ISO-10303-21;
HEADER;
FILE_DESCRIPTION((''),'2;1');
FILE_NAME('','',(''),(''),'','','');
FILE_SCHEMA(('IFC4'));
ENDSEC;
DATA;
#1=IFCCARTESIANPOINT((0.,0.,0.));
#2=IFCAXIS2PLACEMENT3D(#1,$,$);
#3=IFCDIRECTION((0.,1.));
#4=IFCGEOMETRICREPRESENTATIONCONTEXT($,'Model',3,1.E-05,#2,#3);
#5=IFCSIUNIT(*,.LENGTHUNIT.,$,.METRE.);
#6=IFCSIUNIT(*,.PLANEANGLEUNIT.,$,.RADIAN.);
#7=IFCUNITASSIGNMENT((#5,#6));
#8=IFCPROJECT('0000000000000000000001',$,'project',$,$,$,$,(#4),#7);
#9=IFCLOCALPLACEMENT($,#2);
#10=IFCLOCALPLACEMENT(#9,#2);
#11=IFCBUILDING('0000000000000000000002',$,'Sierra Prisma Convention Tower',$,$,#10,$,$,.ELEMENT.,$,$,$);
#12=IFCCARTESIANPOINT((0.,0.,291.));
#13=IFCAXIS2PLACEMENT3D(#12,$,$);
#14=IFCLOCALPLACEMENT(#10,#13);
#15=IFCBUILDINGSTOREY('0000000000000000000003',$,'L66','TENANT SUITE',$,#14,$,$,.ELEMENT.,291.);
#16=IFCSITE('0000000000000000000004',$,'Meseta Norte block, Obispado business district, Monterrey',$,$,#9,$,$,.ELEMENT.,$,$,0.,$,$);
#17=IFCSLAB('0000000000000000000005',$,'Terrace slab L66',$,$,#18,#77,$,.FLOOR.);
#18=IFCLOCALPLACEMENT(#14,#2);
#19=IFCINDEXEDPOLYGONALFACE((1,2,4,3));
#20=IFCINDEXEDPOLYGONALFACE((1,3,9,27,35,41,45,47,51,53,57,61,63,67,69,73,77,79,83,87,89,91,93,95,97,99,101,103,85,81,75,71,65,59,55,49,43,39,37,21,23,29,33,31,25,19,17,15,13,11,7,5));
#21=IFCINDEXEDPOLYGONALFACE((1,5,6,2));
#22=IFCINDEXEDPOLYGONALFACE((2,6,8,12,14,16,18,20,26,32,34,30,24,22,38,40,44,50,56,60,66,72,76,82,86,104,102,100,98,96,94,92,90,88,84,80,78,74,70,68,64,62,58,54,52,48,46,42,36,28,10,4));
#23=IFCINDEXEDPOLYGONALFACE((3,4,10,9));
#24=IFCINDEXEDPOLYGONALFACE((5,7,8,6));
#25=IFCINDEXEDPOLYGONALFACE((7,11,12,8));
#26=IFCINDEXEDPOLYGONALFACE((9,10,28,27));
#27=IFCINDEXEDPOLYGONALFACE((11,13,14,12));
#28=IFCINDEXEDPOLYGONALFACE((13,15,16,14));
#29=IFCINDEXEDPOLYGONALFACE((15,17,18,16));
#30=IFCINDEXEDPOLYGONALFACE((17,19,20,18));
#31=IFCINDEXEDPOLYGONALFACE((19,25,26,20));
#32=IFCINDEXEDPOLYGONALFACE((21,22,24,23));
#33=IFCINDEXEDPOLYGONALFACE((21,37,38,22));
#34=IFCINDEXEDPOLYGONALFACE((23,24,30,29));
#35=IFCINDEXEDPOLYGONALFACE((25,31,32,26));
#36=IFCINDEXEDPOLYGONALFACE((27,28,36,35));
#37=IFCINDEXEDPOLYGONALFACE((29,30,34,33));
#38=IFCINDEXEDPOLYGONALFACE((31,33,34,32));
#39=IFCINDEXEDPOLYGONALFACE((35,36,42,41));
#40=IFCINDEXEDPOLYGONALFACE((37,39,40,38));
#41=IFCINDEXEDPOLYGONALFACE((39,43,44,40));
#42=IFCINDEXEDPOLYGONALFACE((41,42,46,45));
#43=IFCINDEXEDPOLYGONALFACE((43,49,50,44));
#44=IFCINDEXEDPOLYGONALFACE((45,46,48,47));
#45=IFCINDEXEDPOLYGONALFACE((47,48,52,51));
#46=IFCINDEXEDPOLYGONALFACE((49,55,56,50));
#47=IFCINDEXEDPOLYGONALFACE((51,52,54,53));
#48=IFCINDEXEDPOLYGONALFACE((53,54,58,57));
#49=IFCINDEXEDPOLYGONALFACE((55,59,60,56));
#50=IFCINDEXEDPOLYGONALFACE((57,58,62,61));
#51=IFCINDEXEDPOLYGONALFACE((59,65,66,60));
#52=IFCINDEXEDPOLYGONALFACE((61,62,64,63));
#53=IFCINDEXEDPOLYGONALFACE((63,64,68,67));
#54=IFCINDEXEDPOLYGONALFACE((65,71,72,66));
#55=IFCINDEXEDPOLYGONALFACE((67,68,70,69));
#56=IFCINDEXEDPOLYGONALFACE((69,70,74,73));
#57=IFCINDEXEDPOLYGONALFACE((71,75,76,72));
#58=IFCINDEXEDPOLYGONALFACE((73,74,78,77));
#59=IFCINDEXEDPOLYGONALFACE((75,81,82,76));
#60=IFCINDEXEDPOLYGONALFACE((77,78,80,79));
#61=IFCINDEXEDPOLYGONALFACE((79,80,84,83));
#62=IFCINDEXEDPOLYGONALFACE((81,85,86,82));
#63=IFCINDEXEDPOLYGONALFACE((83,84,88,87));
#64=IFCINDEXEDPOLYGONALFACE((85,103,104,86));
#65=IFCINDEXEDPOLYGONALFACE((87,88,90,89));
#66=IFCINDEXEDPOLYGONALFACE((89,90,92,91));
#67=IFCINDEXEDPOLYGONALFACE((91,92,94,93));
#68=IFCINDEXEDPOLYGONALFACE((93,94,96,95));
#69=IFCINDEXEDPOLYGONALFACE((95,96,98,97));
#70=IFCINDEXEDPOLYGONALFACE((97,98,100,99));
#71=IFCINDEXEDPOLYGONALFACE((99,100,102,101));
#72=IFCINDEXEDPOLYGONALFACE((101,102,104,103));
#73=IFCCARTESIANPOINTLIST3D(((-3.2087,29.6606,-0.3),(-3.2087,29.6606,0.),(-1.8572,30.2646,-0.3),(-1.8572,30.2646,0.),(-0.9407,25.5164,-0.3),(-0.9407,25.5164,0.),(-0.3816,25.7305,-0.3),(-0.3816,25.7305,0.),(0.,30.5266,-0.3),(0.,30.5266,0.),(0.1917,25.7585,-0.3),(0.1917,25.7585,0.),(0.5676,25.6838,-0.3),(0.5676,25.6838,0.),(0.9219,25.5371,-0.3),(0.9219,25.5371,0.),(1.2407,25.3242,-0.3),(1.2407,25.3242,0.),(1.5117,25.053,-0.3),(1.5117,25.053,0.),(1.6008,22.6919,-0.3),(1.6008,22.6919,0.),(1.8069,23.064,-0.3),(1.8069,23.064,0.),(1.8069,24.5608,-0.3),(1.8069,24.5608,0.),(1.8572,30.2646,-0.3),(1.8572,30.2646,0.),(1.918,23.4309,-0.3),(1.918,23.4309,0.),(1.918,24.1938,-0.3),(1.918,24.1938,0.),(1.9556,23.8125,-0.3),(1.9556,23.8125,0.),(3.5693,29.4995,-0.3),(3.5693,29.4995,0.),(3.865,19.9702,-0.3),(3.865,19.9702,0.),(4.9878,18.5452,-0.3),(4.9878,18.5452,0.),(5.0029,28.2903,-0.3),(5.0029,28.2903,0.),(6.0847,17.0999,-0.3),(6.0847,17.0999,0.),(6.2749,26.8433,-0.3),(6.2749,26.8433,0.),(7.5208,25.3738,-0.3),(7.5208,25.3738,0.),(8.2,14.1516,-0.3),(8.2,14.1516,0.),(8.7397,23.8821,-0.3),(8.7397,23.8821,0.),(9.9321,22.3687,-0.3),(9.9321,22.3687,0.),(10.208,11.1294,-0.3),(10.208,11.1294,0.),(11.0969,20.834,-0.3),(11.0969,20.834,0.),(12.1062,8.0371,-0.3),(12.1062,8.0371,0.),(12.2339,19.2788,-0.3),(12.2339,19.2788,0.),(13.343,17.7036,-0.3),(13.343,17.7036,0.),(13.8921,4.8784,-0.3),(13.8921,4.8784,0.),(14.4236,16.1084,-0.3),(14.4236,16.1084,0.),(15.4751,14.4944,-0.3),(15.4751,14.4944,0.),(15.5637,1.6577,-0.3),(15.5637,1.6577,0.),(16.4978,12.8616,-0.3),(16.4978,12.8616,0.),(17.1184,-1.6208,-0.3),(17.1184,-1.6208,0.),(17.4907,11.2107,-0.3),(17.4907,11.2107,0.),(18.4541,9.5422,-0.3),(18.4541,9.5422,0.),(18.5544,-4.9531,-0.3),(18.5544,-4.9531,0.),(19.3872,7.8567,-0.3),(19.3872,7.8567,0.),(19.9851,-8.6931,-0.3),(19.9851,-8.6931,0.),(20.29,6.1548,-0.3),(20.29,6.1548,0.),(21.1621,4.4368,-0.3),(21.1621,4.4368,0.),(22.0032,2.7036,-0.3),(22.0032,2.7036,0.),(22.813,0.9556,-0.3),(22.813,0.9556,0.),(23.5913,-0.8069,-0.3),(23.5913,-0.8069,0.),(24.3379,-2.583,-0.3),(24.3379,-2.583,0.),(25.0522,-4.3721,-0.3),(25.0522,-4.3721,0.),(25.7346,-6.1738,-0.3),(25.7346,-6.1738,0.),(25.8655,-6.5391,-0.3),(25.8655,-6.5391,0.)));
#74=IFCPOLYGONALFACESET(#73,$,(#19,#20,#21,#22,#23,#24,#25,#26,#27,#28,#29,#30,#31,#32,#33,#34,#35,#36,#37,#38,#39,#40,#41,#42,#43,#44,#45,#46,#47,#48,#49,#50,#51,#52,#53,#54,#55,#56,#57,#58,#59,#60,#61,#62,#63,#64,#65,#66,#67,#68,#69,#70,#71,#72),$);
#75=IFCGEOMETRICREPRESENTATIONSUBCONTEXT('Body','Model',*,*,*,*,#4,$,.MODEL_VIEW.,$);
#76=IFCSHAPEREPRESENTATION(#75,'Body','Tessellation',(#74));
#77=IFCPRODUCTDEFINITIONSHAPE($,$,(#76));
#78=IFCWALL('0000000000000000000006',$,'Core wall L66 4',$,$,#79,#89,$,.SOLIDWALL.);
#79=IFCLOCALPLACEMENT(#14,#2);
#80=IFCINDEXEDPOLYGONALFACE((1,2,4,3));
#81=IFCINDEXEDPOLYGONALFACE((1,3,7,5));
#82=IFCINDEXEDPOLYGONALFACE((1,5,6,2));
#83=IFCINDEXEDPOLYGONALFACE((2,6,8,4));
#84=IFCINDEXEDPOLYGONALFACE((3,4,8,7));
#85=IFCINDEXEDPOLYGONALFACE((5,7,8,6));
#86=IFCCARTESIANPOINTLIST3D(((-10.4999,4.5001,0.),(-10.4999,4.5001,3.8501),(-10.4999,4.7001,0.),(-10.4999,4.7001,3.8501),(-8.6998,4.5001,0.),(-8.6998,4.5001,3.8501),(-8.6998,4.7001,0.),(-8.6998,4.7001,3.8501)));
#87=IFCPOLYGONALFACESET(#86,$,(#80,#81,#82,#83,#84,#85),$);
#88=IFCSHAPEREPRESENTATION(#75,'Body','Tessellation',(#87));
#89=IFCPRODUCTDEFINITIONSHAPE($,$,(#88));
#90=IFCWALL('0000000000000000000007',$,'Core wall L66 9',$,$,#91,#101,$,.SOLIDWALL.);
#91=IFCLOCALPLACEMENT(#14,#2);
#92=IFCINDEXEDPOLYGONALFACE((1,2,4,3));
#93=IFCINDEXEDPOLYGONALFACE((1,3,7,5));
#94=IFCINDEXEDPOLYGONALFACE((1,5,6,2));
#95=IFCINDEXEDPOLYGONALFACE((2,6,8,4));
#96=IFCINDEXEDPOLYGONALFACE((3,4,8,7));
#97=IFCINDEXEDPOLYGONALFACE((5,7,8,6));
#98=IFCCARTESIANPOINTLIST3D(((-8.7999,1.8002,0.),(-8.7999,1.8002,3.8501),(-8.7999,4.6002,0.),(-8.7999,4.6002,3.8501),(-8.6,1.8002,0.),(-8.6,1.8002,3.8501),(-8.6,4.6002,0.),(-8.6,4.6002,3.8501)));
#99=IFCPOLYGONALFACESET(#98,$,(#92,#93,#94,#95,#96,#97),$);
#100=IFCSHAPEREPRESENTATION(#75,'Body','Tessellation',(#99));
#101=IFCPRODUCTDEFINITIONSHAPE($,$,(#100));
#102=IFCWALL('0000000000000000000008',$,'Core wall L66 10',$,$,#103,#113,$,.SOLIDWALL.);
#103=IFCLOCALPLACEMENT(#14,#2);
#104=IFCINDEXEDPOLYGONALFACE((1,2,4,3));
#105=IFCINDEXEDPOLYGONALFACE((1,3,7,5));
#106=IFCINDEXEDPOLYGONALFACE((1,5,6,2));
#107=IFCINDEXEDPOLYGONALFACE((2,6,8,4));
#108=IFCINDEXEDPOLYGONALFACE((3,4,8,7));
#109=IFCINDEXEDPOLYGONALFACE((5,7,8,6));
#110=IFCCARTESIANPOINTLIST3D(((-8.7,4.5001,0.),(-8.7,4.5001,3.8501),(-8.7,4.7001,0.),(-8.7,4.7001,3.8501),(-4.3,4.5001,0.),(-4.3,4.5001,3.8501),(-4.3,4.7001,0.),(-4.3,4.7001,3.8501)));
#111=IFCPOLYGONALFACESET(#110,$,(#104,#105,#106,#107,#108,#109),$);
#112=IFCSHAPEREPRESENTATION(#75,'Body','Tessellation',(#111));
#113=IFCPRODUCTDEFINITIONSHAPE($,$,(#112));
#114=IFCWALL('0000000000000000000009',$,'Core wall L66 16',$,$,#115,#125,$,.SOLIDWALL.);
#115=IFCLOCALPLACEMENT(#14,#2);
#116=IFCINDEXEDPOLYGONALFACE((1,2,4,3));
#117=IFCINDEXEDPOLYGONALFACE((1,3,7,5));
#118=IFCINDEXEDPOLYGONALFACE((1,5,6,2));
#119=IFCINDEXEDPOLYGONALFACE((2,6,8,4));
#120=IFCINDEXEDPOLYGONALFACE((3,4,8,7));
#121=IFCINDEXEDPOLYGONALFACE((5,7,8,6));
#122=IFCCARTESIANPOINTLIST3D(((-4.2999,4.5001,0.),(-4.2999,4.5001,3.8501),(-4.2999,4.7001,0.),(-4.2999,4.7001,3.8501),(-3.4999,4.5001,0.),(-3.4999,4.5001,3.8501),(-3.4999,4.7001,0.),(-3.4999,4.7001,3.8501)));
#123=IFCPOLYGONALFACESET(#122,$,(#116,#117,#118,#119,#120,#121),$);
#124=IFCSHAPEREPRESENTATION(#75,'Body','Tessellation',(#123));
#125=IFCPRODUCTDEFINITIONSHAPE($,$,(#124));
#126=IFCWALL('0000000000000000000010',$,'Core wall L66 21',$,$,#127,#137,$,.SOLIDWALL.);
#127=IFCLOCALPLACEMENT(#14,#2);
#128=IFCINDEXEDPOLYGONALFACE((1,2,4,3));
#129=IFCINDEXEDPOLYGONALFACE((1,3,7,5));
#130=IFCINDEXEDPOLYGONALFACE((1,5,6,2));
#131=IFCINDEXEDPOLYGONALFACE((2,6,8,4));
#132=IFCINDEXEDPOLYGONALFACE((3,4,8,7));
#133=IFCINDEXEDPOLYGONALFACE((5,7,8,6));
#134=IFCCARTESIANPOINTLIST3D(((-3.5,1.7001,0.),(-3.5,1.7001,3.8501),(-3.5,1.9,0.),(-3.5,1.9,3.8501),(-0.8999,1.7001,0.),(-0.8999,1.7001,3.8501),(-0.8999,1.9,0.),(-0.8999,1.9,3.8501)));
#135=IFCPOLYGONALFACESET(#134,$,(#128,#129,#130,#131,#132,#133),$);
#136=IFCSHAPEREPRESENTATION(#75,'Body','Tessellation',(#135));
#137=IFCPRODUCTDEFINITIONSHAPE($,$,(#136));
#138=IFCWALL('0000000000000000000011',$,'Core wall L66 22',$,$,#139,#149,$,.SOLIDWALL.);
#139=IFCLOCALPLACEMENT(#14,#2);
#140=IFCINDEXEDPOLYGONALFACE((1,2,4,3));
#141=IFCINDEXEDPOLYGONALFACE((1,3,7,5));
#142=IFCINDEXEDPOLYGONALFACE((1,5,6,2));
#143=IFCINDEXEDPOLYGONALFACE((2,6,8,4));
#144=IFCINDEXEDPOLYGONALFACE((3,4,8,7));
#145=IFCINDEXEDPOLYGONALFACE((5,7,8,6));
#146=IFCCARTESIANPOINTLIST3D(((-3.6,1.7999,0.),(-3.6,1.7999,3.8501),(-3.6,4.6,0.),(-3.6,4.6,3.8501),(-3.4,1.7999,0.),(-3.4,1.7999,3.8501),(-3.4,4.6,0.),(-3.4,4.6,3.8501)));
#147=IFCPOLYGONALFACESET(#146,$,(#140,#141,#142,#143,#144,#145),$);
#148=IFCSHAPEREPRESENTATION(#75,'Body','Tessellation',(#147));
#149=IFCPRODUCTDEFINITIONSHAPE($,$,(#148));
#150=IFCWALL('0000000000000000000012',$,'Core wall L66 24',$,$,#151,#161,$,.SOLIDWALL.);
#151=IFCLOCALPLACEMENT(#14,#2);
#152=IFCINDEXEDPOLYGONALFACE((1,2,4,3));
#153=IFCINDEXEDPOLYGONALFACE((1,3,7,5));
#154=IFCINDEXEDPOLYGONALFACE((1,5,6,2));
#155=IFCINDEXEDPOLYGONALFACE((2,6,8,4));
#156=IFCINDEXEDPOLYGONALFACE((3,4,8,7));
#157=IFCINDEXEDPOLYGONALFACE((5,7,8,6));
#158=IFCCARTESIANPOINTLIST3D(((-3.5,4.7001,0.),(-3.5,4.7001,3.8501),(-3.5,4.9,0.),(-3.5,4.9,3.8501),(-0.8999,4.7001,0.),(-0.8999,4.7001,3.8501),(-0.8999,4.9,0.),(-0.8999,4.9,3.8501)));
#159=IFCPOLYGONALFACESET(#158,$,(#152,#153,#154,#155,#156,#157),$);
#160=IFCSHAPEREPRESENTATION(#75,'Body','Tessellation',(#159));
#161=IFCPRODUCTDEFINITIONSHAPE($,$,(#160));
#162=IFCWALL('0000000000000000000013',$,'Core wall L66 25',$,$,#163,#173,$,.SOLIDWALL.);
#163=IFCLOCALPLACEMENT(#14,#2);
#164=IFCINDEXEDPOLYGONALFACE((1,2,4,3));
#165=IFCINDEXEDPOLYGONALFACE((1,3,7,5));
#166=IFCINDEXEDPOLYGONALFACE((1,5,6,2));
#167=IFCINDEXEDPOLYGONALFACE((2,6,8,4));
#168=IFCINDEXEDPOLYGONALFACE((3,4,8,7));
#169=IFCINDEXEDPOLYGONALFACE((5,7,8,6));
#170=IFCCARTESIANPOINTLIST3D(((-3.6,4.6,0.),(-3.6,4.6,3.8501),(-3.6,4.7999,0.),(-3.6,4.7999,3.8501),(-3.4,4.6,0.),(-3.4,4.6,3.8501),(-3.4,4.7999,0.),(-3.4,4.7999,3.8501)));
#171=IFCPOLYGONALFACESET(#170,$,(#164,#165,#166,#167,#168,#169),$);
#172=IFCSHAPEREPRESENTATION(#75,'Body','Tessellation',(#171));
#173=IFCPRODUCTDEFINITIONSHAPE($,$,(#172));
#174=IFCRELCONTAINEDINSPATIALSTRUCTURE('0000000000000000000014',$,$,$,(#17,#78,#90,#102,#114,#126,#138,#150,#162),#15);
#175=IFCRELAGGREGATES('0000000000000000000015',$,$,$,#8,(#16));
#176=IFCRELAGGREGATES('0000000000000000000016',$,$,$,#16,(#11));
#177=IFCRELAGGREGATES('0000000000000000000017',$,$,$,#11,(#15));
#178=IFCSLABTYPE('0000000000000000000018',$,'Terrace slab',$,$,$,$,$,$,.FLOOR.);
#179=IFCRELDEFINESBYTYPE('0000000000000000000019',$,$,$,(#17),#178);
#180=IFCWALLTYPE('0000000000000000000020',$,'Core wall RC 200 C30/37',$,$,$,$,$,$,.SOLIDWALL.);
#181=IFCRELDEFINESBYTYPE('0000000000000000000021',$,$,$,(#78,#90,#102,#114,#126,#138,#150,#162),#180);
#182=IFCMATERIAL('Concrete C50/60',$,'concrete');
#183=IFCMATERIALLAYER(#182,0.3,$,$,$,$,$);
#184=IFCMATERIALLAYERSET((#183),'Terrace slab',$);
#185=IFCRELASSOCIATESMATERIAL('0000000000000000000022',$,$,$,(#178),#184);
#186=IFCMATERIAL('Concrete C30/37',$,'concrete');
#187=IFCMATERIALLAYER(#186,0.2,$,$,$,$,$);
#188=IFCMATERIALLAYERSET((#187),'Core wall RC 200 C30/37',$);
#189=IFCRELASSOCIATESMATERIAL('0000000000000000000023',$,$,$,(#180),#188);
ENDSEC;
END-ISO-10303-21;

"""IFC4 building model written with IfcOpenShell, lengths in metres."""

from ifc_helpers import new_model, si_unit, direction, frame, frame_2d, origin, place, context, subcontext, project, spatial, polyline, rectangle, outline, extrude, material, layer, layer_set, type_object, element, save


model = new_model("IFC4")

# Units and contexts
model_context = context("Model", 3, precision=1e-05, world=origin(), true_north=direction((0.0, 1.0)))
body_context = subcontext(model_context, "Body", "Model", "MODEL_VIEW")
ifc_project = project(units=[si_unit("LENGTHUNIT", "METRE"), si_unit("PLANEANGLEUNIT", "RADIAN")], contexts=[model_context])

# Site, building, storey
site_placement = place(None, origin())
site = spatial("IfcSite", under=ifc_project, at=site_placement, Name="Meseta Norte block, Obispado business district, Monterrey", CompositionType="ELEMENT", RefElevation=0.0)
building_placement = place(site_placement, origin())
building = spatial("IfcBuilding", under=site, at=building_placement, Name="Sierra Prisma Convention Tower", CompositionType="ELEMENT")
storey_placement = place(building_placement, frame((0.0, 0.0, 291.0)))
storey = spatial("IfcBuildingStorey", under=building, at=storey_placement, Name="L66", Description="TENANT SUITE", CompositionType="ELEMENT", Elevation=291.0)

# Slab
ifc_material_1 = material(Name="Concrete C50/60", Category="concrete")
ifc_layer_1 = layer(ifc_material_1, 0.3)
ifc_layer_set_1 = layer_set([ifc_layer_1], Name="Terrace slab")
slab_type_1 = type_object("IfcSlabType", Name="Terrace slab", PredefinedType="FLOOR", material=ifc_layer_set_1)
slab_1_placement = place(storey_placement, frame((0.0, 0.0, -0.3)))
element("IfcSlab", 1, at=slab_1_placement, inside=storey, type_object=slab_type_1, Name="Terrace slab L66", PredefinedType="FLOOR", context=body_context, shape_type="SweptSolid", body=[
    extrude(outline(polyline([(25.8655, -6.5391), (25.7346, -6.1738), (25.0522, -4.3721), (24.3379, -2.583), (23.5913, -0.8069), (22.813, 0.9556), (22.0032, 2.7036), (21.1621, 4.4368), (20.29, 6.1548), (19.3872, 7.8567), (18.4541, 9.5422), (17.4907, 11.2107), (16.4978, 12.8616), (15.4751, 14.4944), (14.4236, 16.1084), (13.343, 17.7036), (12.2339, 19.2788), (11.0969, 20.834), (9.9321, 22.3687), (8.7397, 23.8821), (7.5208, 25.3738), (6.2749, 26.8433), (5.0029, 28.2903), (3.5693, 29.4995), (1.8572, 30.2646), (0.0, 30.5266), (-1.8572, 30.2646), (-3.2087, 29.6606), (-0.9407, 25.5164), (-0.3816, 25.7305), (0.1917, 25.7585), (0.5676, 25.6838), (0.9219, 25.5371), (1.2407, 25.3242), (1.5117, 25.053), (1.8069, 24.5608), (1.918, 24.1938), (1.9556, 23.8125), (1.918, 23.4309), (1.8069, 23.064), (1.6008, 22.6919), (3.865, 19.9702), (4.9878, 18.5452), (6.0847, 17.0999), (8.2, 14.1516), (10.208, 11.1294), (12.1062, 8.0371), (13.8921, 4.8784), (15.5637, 1.6577), (17.1184, -1.6208), (18.5544, -4.9531), (19.9851, -8.6931), (25.8655, -6.5391)])), origin(), (0.0, 0.0, 1.0), 0.3),
])

# Wall
ifc_material_2 = material(Name="Concrete C30/37", Category="concrete")
ifc_layer_2 = layer(ifc_material_2, 0.2)
ifc_layer_set_2 = layer_set([ifc_layer_2], Name="Core wall RC 200 C30/37")
wall_type = type_object("IfcWallType", Name="Core wall RC 200 C30/37", PredefinedType="SOLIDWALL", material=ifc_layer_set_2)
wall_1_placement = place(storey_placement, frame((-8.7, 4.6001, 0.0), z_axis=(0.0, 0.0, 1.0), x_axis=(-1.0, 0.0, 0.0)))
element("IfcWall", 2, at=wall_1_placement, inside=storey, type_object=wall_type, Name="Core wall L66 4", PredefinedType="SOLIDWALL", context=body_context, shape_type="SweptSolid", body=[
    extrude(rectangle(XDim=1.8, YDim=0.2, at=frame_2d((0.8999, 0.0))), origin(), (0.0, 0.0, 1.0), 3.8501),
])

# Walls
wall_2_placement = place(storey_placement, frame((-8.7, 4.6001, 0.0), z_axis=(0.0, 0.0, 1.0), x_axis=(0.0, -1.0, 0.0)))
element("IfcWall", 3, at=wall_2_placement, inside=storey, type_object=wall_type, Name="Core wall L66 9", PredefinedType="SOLIDWALL", context=body_context, shape_type="SweptSolid", body=[
    extrude(rectangle(XDim=2.8, YDim=0.2, at=frame_2d((1.3999, 0.0))), origin(), (0.0, 0.0, 1.0), 3.8501),
])
wall_3_placement = place(storey_placement, frame((-4.3, 4.6001, 0.0), z_axis=(0.0, 0.0, 1.0), x_axis=(-1.0, 0.0, 0.0)))
element("IfcWall", 4, at=wall_3_placement, inside=storey, type_object=wall_type, Name="Core wall L66 10", PredefinedType="SOLIDWALL", context=body_context, shape_type="SweptSolid", body=[
    extrude(rectangle(XDim=4.3999, YDim=0.2, at=frame_2d((2.2, 0.0))), origin(), (0.0, 0.0, 1.0), 3.8501),
])
wall_4_placement = place(storey_placement, frame((-3.5, 4.6001, 0.0), z_axis=(0.0, 0.0, 1.0), x_axis=(-1.0, 0.0, 0.0)))
element("IfcWall", 5, at=wall_4_placement, inside=storey, type_object=wall_type, Name="Core wall L66 16", PredefinedType="SOLIDWALL", context=body_context, shape_type="SweptSolid", body=[
    extrude(rectangle(XDim=0.8, YDim=0.2, at=frame_2d((0.3999, 0.0))), origin(), (0.0, 0.0, 1.0), 3.8501),
])

# Walls
wall_5_placement = place(storey_placement, frame((-0.8999, 1.8, 0.0), z_axis=(0.0, 0.0, 1.0), x_axis=(-1.0, 0.0, 0.0)))
element("IfcWall", 6, at=wall_5_placement, inside=storey, type_object=wall_type, Name="Core wall L66 21", PredefinedType="SOLIDWALL", context=body_context, shape_type="SweptSolid", body=[
    extrude(rectangle(XDim=2.6001, YDim=0.2, at=frame_2d((1.3, 0.0))), origin(), (0.0, 0.0, 1.0), 3.8501),
])
wall_6_placement = place(storey_placement, frame((-3.5, 1.8, 0.0), z_axis=(0.0, 0.0, 1.0), x_axis=(0.0, 1.0, 0.0)))
element("IfcWall", 7, at=wall_6_placement, inside=storey, type_object=wall_type, Name="Core wall L66 22", PredefinedType="SOLIDWALL", context=body_context, shape_type="SweptSolid", body=[
    extrude(rectangle(XDim=2.8, YDim=0.2, at=frame_2d((1.3999, 0.0))), origin(), (0.0, 0.0, 1.0), 3.8501),
])

# Walls
wall_7_placement = place(storey_placement, frame((-0.8999, 4.8, 0.0), z_axis=(0.0, 0.0, 1.0), x_axis=(-1.0, 0.0, 0.0)))
element("IfcWall", 8, at=wall_7_placement, inside=storey, type_object=wall_type, Name="Core wall L66 24", PredefinedType="SOLIDWALL", context=body_context, shape_type="SweptSolid", body=[
    extrude(rectangle(XDim=2.6001, YDim=0.2, at=frame_2d((1.3, 0.0))), origin(), (0.0, 0.0, 1.0), 3.8501),
])
wall_8_placement = place(storey_placement, frame((-3.5, 4.8, 0.0), z_axis=(0.0, 0.0, 1.0), x_axis=(0.0, -1.0, 0.0)))
element("IfcWall", 9, at=wall_8_placement, inside=storey, type_object=wall_type, Name="Core wall L66 25", PredefinedType="SOLIDWALL", context=body_context, shape_type="SweptSolid", body=[
    extrude(rectangle(XDim=0.2, YDim=0.2, at=frame_2d((0.1001, 0.0))), origin(), (0.0, 0.0, 1.0), 3.8501),
])

save(model, "model.ifc")
